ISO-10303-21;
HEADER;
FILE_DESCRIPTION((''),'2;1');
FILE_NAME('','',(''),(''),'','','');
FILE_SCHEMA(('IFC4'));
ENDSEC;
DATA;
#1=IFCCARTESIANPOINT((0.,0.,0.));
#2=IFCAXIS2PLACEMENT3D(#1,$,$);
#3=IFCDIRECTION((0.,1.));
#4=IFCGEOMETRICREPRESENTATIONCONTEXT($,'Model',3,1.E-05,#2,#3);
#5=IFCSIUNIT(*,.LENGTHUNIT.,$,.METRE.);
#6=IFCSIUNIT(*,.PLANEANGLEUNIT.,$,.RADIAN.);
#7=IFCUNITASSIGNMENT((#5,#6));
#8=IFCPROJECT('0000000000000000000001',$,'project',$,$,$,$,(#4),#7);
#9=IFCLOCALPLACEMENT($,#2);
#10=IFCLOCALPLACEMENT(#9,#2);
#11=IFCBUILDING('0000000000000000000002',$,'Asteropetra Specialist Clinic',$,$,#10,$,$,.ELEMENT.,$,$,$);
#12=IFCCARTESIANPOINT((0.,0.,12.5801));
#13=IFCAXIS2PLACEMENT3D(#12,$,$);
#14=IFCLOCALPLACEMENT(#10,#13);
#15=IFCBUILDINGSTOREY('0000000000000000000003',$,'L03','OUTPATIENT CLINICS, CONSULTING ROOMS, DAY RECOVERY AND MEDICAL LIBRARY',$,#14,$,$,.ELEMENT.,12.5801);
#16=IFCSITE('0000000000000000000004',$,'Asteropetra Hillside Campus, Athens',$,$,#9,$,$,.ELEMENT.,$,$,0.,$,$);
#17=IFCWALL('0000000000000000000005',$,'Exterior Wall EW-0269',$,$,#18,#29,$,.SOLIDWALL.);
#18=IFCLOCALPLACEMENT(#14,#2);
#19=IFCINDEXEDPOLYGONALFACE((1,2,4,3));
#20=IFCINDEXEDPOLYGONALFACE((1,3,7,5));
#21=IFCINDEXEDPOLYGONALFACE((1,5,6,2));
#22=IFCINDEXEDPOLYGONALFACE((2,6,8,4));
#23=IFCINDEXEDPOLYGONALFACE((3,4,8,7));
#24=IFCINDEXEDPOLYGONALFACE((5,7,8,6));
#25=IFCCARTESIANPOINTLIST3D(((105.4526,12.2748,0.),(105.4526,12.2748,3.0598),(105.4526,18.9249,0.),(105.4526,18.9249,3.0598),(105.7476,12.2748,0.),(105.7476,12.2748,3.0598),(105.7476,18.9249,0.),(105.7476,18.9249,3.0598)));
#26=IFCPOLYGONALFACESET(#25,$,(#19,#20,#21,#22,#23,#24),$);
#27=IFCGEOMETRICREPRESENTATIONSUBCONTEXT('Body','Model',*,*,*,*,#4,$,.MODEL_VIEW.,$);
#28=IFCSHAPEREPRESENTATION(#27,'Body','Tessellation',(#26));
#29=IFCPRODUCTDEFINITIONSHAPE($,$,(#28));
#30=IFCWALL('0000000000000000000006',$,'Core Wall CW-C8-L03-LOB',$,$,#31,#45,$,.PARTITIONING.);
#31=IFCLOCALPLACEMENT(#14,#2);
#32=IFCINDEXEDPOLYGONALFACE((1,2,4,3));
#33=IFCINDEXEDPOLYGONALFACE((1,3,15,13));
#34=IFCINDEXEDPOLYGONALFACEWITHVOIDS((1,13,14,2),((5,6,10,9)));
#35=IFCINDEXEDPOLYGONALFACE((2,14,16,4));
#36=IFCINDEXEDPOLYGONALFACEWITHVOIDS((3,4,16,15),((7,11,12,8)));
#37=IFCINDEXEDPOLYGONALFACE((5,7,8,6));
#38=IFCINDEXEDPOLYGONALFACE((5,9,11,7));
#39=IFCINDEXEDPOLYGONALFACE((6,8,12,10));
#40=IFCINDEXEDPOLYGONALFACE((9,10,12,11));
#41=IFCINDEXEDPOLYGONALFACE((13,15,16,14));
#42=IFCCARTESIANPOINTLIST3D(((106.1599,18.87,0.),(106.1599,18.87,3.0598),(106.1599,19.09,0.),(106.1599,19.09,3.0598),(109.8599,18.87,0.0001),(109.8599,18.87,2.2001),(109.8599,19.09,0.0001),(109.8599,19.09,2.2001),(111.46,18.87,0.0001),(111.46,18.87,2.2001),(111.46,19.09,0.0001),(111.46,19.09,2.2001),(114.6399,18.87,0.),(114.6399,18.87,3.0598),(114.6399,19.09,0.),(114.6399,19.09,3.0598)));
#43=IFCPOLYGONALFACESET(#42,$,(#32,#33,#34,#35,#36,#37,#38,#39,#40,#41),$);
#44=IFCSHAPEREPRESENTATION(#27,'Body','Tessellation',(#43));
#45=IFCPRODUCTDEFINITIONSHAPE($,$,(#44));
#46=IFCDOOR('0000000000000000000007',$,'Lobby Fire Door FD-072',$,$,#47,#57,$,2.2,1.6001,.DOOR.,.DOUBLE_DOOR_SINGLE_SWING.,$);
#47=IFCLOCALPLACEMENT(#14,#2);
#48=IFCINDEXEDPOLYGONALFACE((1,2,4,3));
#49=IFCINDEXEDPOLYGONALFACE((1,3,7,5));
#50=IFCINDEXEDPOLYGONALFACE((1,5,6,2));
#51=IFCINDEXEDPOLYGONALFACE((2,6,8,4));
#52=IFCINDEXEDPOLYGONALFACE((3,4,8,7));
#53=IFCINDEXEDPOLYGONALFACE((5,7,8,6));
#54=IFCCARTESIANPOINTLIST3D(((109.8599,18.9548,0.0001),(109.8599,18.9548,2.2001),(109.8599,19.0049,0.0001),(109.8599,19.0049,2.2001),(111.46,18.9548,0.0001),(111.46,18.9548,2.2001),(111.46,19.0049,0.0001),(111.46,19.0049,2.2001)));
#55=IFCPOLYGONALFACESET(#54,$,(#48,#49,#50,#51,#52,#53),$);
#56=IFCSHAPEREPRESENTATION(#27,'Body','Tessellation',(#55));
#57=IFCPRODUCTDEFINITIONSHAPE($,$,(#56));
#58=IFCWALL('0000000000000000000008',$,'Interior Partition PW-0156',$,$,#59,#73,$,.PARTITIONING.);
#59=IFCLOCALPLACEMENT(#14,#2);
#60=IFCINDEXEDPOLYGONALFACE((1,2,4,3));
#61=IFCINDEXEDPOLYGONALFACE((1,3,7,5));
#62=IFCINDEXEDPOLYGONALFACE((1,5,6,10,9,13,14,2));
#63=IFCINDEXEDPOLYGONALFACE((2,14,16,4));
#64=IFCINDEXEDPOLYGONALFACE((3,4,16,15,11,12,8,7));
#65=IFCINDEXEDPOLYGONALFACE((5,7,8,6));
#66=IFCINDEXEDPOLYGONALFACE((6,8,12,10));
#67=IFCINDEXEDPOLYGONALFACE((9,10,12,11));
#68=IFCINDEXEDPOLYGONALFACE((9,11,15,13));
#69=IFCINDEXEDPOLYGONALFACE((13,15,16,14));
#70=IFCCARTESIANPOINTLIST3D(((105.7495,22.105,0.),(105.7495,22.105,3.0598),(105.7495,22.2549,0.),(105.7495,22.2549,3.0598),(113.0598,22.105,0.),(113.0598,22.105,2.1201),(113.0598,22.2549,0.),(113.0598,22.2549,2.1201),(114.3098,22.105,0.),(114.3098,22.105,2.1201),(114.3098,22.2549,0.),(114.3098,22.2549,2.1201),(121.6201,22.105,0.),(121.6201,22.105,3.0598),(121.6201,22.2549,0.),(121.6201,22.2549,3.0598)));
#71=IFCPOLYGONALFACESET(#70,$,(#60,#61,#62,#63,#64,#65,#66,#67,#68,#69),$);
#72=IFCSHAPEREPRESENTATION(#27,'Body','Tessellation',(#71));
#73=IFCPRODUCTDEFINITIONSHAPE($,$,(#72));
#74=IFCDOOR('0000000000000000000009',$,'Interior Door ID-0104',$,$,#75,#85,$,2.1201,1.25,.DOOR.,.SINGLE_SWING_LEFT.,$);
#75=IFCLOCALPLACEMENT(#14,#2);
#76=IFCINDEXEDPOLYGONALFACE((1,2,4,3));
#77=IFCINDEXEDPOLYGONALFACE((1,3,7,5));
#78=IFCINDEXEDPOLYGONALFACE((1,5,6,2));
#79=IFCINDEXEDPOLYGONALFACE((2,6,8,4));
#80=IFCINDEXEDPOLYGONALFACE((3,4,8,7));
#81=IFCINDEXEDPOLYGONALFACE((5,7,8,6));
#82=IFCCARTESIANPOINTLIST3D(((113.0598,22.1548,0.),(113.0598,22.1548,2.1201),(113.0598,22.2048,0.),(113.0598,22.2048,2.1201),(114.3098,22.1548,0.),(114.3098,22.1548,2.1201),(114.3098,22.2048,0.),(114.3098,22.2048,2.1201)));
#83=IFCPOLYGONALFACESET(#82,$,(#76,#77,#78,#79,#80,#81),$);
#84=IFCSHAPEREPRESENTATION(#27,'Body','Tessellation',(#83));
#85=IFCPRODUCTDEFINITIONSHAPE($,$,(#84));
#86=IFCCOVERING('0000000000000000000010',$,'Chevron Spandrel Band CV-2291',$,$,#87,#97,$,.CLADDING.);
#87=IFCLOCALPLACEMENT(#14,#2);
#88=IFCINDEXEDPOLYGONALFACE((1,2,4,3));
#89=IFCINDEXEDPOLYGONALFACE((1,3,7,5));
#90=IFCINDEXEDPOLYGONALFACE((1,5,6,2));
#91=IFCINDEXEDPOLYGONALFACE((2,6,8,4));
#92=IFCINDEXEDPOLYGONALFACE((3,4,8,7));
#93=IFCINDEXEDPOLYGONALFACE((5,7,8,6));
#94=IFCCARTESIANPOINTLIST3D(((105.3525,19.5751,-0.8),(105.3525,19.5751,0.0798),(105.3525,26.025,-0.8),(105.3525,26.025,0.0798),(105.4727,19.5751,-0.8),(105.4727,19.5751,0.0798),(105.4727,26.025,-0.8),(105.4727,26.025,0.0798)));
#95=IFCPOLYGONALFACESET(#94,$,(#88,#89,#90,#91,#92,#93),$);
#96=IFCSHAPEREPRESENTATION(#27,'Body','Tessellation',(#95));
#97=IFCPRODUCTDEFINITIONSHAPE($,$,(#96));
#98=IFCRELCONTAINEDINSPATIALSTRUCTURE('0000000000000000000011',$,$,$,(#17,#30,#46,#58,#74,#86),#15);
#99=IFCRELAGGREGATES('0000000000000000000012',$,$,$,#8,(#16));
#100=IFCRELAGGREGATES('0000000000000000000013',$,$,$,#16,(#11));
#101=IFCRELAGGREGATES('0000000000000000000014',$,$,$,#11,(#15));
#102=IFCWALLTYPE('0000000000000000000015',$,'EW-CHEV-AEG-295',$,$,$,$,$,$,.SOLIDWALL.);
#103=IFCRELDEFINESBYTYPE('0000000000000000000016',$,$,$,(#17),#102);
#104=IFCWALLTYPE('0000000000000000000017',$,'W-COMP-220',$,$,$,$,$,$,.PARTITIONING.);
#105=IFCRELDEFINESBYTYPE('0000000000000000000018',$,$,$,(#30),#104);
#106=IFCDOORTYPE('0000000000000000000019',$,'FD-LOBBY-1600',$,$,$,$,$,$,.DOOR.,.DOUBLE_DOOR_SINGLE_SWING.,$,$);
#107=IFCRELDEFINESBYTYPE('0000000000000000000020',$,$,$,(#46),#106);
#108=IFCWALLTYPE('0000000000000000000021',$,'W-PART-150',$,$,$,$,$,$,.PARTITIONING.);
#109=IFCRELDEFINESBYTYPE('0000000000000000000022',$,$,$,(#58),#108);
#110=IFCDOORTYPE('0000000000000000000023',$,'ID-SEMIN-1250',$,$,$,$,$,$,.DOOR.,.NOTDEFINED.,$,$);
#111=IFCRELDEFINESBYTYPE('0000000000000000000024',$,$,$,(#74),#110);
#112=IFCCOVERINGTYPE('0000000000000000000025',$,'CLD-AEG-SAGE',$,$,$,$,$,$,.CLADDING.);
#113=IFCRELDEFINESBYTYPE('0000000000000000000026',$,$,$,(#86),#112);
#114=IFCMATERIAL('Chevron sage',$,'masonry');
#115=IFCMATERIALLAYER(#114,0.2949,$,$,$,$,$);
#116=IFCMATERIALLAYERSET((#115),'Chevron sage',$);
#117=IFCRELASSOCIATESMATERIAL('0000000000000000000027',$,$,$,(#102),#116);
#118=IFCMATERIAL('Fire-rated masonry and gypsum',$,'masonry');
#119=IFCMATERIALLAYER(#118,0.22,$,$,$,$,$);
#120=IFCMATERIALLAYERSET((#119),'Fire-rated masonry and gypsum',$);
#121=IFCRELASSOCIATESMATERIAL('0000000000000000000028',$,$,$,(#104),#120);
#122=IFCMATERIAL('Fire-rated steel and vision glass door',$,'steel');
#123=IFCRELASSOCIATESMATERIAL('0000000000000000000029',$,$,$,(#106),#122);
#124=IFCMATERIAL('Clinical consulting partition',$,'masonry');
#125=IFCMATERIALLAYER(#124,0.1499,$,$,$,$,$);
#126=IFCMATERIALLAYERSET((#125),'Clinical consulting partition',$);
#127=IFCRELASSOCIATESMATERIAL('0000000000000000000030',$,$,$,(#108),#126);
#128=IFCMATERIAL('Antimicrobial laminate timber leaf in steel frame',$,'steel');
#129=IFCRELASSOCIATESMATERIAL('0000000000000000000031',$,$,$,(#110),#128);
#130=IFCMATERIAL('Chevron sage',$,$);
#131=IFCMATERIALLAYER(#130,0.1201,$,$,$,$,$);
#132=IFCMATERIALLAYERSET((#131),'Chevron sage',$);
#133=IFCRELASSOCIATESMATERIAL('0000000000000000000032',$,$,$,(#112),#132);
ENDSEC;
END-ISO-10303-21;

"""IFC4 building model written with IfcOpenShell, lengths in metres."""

from ifc_helpers import new_model, si_unit, direction, frame, frame_2d, origin, origin_2d, place, context, subcontext, project, spatial, rectangle, extrude, material, layer, layer_set, type_object, element, fill, save


model = new_model("IFC4")

# Units and contexts
model_context = context("Model", 3, precision=1e-05, world=origin(), true_north=direction((0.0, 1.0)))
body_context = subcontext(model_context, "Body", "Model", "MODEL_VIEW")
ifc_project = project(units=[si_unit("LENGTHUNIT", "METRE"), si_unit("PLANEANGLEUNIT", "RADIAN")], contexts=[model_context])

# Site, building, storey
site_placement = place(None, origin())
site = spatial("IfcSite", under=ifc_project, at=site_placement, Name="Asteropetra Hillside Campus, Athens", CompositionType="ELEMENT", RefElevation=0.0)
building_placement = place(site_placement, origin())
building = spatial("IfcBuilding", under=site, at=building_placement, Name="Asteropetra Specialist Clinic", CompositionType="ELEMENT")
storey_placement = place(building_placement, frame((0.0, 0.0, 12.5801)))
storey = spatial("IfcBuildingStorey", under=building, at=storey_placement, Name="L03", Description="OUTPATIENT CLINICS, CONSULTING ROOMS, DAY RECOVERY AND MEDICAL LIBRARY", CompositionType="ELEMENT", Elevation=12.5801)

# Wall
ifc_material_1 = material(Name="Chevron sage", Category="masonry")
ifc_layer_1 = layer(ifc_material_1, 0.2949)
ifc_layer_set_1 = layer_set([ifc_layer_1], Name="Chevron sage")
wall_type_1 = type_object("IfcWallType", Name="EW-CHEV-AEG-295", PredefinedType="SOLIDWALL", material=ifc_layer_set_1)
wall_1_placement = place(storey_placement, frame((105.6001, 18.925, 0.0), z_axis=(0.0, 0.0, 1.0), x_axis=(0.0, -1.0, 0.0)))
element("IfcWall", 1, at=wall_1_placement, inside=storey, type_object=wall_type_1, Name="Exterior Wall EW-0269", PredefinedType="SOLIDWALL", context=body_context, shape_type="SweptSolid", body=[
    extrude(rectangle(XDim=6.6501, YDim=0.2949, at=frame_2d((3.3252, 0.0))), origin(), (0.0, 0.0, 1.0), 3.0598),
])

# Walls, openings, doors
ifc_material_2 = material(Name="Fire-rated masonry and gypsum", Category="masonry")
ifc_layer_2 = layer(ifc_material_2, 0.22)
ifc_layer_set_2 = layer_set([ifc_layer_2], Name="Fire-rated masonry and gypsum")
wall_type_2 = type_object("IfcWallType", Name="W-COMP-220", PredefinedType="PARTITIONING", material=ifc_layer_set_2)
wall_2_placement = place(storey_placement, frame((106.1599, 18.98, 0.0), z_axis=(0.0, 0.0, 1.0), x_axis=(1.0, 0.0, 0.0)))
wall_2 = element("IfcWall", 2, at=wall_2_placement, inside=storey, type_object=wall_type_2, Name="Core Wall CW-C8-L03-LOB", PredefinedType="PARTITIONING", context=body_context, shape_type="SweptSolid", body=[
    extrude(rectangle(XDim=8.48, YDim=0.22, at=frame_2d((4.24, 0.0))), origin(), (0.0, 0.0, 1.0), 3.0598),
])
opening_1_placement = place(wall_2_placement, frame((3.7, 0.0, 0.0)))
opening_1 = element("IfcOpeningElement", 3, at=opening_1_placement, cuts=wall_2, PredefinedType="OPENING", context=body_context, shape_type="SweptSolid", body=[
    extrude(rectangle(XDim=1.6001, YDim=2.2, at=frame_2d((0.8, 1.1001))), frame((0.0, 0.1199, 0.0), z_axis=(0.0, -1.0, 0.0), x_axis=(1.0, 0.0, 0.0)), (0.0, 0.0, 1.0), 0.24),
])
ifc_material_3 = material(Name="Fire-rated steel and vision glass door", Category="steel")
door_type_1 = type_object("IfcDoorType", Name="FD-LOBBY-1600", OperationType="DOUBLE_DOOR_SINGLE_SWING", PredefinedType="DOOR", material=ifc_material_3)
door_1_placement = place(opening_1_placement, origin())
door_1 = element("IfcDoor", 4, at=door_1_placement, inside=storey, type_object=door_type_1, Name="Lobby Fire Door FD-072", OperationType="DOUBLE_DOOR_SINGLE_SWING", OverallHeight=2.2, OverallWidth=1.6001, PredefinedType="DOOR", context=body_context, shape_type="SweptSolid", body=[
    extrude(rectangle(XDim=1.6001, YDim=2.2, at=frame_2d((0.8, 1.1001))), frame((0.0, 0.0249, 0.0), z_axis=(0.0, -1.0, 0.0), x_axis=(1.0, 0.0, 0.0)), (0.0, 0.0, 1.0), 0.05),
])
fill(opening_1, door_1)
ifc_material_4 = material(Name="Clinical consulting partition", Category="masonry")
ifc_layer_3 = layer(ifc_material_4, 0.1499)
ifc_layer_set_3 = layer_set([ifc_layer_3], Name="Clinical consulting partition")
wall_type_3 = type_object("IfcWallType", Name="W-PART-150", PredefinedType="PARTITIONING", material=ifc_layer_set_3)
wall_3_placement = place(storey_placement, frame((105.7495, 22.1799, 0.0), z_axis=(0.0, 0.0, 1.0), x_axis=(1.0, 0.0, 0.0)))
wall_3 = element("IfcWall", 5, at=wall_3_placement, inside=storey, type_object=wall_type_3, Name="Interior Partition PW-0156", PredefinedType="PARTITIONING", context=body_context, shape_type="SweptSolid", body=[
    extrude(rectangle(XDim=15.8706, YDim=0.1499, at=frame_2d((7.9353, 0.0))), origin(), (0.0, 0.0, 1.0), 3.0598),
])
opening_2_placement = place(wall_3_placement, frame((7.3103, 0.0, 0.0)))
opening_2 = element("IfcOpeningElement", 6, at=opening_2_placement, cuts=wall_3, PredefinedType="OPENING", context=body_context, shape_type="SweptSolid", body=[
    extrude(rectangle(XDim=1.25, YDim=2.1201, at=frame_2d((0.625, 1.0601))), frame((0.0, 0.085, 0.0), z_axis=(0.0, -1.0, 0.0), x_axis=(1.0, 0.0, 0.0)), (0.0, 0.0, 1.0), 0.1699),
])
ifc_material_5 = material(Name="Antimicrobial laminate timber leaf in steel frame", Category="steel")
door_type_2 = type_object("IfcDoorType", Name="ID-SEMIN-1250", OperationType="NOTDEFINED", PredefinedType="DOOR", material=ifc_material_5)
door_2_placement = place(opening_2_placement, origin())
door_2 = element("IfcDoor", 7, at=door_2_placement, inside=storey, type_object=door_type_2, Name="Interior Door ID-0104", OperationType="SINGLE_SWING_LEFT", OverallHeight=2.1201, OverallWidth=1.25, PredefinedType="DOOR", context=body_context, shape_type="SweptSolid", body=[
    extrude(rectangle(XDim=1.25, YDim=2.1201, at=frame_2d((0.625, 1.0601))), frame((0.0, 0.0249, 0.0), z_axis=(0.0, -1.0, 0.0), x_axis=(1.0, 0.0, 0.0)), (0.0, 0.0, 1.0), 0.05),
])
fill(opening_2, door_2)

# Covering
ifc_material_6 = material(Name="Chevron sage")
ifc_layer_4 = layer(ifc_material_6, 0.1201)
ifc_layer_set_4 = layer_set([ifc_layer_4], Name="Chevron sage")
covering_type = type_object("IfcCoveringType", Name="CLD-AEG-SAGE", PredefinedType="CLADDING", material=ifc_layer_set_4)
covering_placement = place(storey_placement, frame((105.4126, 22.8, -0.8), z_axis=(0.0, 0.0, 1.0), x_axis=(1.0, 0.0, 0.0)))
element("IfcCovering", 8, at=covering_placement, inside=storey, type_object=covering_type, Name="Chevron Spandrel Band CV-2291", PredefinedType="CLADDING", context=body_context, shape_type="SweptSolid", body=[
    extrude(rectangle(XDim=0.1201, YDim=6.45, at=origin_2d()), origin(), (0.0, 0.0, 1.0), 0.8799),
])

save(model, "model.ifc")
